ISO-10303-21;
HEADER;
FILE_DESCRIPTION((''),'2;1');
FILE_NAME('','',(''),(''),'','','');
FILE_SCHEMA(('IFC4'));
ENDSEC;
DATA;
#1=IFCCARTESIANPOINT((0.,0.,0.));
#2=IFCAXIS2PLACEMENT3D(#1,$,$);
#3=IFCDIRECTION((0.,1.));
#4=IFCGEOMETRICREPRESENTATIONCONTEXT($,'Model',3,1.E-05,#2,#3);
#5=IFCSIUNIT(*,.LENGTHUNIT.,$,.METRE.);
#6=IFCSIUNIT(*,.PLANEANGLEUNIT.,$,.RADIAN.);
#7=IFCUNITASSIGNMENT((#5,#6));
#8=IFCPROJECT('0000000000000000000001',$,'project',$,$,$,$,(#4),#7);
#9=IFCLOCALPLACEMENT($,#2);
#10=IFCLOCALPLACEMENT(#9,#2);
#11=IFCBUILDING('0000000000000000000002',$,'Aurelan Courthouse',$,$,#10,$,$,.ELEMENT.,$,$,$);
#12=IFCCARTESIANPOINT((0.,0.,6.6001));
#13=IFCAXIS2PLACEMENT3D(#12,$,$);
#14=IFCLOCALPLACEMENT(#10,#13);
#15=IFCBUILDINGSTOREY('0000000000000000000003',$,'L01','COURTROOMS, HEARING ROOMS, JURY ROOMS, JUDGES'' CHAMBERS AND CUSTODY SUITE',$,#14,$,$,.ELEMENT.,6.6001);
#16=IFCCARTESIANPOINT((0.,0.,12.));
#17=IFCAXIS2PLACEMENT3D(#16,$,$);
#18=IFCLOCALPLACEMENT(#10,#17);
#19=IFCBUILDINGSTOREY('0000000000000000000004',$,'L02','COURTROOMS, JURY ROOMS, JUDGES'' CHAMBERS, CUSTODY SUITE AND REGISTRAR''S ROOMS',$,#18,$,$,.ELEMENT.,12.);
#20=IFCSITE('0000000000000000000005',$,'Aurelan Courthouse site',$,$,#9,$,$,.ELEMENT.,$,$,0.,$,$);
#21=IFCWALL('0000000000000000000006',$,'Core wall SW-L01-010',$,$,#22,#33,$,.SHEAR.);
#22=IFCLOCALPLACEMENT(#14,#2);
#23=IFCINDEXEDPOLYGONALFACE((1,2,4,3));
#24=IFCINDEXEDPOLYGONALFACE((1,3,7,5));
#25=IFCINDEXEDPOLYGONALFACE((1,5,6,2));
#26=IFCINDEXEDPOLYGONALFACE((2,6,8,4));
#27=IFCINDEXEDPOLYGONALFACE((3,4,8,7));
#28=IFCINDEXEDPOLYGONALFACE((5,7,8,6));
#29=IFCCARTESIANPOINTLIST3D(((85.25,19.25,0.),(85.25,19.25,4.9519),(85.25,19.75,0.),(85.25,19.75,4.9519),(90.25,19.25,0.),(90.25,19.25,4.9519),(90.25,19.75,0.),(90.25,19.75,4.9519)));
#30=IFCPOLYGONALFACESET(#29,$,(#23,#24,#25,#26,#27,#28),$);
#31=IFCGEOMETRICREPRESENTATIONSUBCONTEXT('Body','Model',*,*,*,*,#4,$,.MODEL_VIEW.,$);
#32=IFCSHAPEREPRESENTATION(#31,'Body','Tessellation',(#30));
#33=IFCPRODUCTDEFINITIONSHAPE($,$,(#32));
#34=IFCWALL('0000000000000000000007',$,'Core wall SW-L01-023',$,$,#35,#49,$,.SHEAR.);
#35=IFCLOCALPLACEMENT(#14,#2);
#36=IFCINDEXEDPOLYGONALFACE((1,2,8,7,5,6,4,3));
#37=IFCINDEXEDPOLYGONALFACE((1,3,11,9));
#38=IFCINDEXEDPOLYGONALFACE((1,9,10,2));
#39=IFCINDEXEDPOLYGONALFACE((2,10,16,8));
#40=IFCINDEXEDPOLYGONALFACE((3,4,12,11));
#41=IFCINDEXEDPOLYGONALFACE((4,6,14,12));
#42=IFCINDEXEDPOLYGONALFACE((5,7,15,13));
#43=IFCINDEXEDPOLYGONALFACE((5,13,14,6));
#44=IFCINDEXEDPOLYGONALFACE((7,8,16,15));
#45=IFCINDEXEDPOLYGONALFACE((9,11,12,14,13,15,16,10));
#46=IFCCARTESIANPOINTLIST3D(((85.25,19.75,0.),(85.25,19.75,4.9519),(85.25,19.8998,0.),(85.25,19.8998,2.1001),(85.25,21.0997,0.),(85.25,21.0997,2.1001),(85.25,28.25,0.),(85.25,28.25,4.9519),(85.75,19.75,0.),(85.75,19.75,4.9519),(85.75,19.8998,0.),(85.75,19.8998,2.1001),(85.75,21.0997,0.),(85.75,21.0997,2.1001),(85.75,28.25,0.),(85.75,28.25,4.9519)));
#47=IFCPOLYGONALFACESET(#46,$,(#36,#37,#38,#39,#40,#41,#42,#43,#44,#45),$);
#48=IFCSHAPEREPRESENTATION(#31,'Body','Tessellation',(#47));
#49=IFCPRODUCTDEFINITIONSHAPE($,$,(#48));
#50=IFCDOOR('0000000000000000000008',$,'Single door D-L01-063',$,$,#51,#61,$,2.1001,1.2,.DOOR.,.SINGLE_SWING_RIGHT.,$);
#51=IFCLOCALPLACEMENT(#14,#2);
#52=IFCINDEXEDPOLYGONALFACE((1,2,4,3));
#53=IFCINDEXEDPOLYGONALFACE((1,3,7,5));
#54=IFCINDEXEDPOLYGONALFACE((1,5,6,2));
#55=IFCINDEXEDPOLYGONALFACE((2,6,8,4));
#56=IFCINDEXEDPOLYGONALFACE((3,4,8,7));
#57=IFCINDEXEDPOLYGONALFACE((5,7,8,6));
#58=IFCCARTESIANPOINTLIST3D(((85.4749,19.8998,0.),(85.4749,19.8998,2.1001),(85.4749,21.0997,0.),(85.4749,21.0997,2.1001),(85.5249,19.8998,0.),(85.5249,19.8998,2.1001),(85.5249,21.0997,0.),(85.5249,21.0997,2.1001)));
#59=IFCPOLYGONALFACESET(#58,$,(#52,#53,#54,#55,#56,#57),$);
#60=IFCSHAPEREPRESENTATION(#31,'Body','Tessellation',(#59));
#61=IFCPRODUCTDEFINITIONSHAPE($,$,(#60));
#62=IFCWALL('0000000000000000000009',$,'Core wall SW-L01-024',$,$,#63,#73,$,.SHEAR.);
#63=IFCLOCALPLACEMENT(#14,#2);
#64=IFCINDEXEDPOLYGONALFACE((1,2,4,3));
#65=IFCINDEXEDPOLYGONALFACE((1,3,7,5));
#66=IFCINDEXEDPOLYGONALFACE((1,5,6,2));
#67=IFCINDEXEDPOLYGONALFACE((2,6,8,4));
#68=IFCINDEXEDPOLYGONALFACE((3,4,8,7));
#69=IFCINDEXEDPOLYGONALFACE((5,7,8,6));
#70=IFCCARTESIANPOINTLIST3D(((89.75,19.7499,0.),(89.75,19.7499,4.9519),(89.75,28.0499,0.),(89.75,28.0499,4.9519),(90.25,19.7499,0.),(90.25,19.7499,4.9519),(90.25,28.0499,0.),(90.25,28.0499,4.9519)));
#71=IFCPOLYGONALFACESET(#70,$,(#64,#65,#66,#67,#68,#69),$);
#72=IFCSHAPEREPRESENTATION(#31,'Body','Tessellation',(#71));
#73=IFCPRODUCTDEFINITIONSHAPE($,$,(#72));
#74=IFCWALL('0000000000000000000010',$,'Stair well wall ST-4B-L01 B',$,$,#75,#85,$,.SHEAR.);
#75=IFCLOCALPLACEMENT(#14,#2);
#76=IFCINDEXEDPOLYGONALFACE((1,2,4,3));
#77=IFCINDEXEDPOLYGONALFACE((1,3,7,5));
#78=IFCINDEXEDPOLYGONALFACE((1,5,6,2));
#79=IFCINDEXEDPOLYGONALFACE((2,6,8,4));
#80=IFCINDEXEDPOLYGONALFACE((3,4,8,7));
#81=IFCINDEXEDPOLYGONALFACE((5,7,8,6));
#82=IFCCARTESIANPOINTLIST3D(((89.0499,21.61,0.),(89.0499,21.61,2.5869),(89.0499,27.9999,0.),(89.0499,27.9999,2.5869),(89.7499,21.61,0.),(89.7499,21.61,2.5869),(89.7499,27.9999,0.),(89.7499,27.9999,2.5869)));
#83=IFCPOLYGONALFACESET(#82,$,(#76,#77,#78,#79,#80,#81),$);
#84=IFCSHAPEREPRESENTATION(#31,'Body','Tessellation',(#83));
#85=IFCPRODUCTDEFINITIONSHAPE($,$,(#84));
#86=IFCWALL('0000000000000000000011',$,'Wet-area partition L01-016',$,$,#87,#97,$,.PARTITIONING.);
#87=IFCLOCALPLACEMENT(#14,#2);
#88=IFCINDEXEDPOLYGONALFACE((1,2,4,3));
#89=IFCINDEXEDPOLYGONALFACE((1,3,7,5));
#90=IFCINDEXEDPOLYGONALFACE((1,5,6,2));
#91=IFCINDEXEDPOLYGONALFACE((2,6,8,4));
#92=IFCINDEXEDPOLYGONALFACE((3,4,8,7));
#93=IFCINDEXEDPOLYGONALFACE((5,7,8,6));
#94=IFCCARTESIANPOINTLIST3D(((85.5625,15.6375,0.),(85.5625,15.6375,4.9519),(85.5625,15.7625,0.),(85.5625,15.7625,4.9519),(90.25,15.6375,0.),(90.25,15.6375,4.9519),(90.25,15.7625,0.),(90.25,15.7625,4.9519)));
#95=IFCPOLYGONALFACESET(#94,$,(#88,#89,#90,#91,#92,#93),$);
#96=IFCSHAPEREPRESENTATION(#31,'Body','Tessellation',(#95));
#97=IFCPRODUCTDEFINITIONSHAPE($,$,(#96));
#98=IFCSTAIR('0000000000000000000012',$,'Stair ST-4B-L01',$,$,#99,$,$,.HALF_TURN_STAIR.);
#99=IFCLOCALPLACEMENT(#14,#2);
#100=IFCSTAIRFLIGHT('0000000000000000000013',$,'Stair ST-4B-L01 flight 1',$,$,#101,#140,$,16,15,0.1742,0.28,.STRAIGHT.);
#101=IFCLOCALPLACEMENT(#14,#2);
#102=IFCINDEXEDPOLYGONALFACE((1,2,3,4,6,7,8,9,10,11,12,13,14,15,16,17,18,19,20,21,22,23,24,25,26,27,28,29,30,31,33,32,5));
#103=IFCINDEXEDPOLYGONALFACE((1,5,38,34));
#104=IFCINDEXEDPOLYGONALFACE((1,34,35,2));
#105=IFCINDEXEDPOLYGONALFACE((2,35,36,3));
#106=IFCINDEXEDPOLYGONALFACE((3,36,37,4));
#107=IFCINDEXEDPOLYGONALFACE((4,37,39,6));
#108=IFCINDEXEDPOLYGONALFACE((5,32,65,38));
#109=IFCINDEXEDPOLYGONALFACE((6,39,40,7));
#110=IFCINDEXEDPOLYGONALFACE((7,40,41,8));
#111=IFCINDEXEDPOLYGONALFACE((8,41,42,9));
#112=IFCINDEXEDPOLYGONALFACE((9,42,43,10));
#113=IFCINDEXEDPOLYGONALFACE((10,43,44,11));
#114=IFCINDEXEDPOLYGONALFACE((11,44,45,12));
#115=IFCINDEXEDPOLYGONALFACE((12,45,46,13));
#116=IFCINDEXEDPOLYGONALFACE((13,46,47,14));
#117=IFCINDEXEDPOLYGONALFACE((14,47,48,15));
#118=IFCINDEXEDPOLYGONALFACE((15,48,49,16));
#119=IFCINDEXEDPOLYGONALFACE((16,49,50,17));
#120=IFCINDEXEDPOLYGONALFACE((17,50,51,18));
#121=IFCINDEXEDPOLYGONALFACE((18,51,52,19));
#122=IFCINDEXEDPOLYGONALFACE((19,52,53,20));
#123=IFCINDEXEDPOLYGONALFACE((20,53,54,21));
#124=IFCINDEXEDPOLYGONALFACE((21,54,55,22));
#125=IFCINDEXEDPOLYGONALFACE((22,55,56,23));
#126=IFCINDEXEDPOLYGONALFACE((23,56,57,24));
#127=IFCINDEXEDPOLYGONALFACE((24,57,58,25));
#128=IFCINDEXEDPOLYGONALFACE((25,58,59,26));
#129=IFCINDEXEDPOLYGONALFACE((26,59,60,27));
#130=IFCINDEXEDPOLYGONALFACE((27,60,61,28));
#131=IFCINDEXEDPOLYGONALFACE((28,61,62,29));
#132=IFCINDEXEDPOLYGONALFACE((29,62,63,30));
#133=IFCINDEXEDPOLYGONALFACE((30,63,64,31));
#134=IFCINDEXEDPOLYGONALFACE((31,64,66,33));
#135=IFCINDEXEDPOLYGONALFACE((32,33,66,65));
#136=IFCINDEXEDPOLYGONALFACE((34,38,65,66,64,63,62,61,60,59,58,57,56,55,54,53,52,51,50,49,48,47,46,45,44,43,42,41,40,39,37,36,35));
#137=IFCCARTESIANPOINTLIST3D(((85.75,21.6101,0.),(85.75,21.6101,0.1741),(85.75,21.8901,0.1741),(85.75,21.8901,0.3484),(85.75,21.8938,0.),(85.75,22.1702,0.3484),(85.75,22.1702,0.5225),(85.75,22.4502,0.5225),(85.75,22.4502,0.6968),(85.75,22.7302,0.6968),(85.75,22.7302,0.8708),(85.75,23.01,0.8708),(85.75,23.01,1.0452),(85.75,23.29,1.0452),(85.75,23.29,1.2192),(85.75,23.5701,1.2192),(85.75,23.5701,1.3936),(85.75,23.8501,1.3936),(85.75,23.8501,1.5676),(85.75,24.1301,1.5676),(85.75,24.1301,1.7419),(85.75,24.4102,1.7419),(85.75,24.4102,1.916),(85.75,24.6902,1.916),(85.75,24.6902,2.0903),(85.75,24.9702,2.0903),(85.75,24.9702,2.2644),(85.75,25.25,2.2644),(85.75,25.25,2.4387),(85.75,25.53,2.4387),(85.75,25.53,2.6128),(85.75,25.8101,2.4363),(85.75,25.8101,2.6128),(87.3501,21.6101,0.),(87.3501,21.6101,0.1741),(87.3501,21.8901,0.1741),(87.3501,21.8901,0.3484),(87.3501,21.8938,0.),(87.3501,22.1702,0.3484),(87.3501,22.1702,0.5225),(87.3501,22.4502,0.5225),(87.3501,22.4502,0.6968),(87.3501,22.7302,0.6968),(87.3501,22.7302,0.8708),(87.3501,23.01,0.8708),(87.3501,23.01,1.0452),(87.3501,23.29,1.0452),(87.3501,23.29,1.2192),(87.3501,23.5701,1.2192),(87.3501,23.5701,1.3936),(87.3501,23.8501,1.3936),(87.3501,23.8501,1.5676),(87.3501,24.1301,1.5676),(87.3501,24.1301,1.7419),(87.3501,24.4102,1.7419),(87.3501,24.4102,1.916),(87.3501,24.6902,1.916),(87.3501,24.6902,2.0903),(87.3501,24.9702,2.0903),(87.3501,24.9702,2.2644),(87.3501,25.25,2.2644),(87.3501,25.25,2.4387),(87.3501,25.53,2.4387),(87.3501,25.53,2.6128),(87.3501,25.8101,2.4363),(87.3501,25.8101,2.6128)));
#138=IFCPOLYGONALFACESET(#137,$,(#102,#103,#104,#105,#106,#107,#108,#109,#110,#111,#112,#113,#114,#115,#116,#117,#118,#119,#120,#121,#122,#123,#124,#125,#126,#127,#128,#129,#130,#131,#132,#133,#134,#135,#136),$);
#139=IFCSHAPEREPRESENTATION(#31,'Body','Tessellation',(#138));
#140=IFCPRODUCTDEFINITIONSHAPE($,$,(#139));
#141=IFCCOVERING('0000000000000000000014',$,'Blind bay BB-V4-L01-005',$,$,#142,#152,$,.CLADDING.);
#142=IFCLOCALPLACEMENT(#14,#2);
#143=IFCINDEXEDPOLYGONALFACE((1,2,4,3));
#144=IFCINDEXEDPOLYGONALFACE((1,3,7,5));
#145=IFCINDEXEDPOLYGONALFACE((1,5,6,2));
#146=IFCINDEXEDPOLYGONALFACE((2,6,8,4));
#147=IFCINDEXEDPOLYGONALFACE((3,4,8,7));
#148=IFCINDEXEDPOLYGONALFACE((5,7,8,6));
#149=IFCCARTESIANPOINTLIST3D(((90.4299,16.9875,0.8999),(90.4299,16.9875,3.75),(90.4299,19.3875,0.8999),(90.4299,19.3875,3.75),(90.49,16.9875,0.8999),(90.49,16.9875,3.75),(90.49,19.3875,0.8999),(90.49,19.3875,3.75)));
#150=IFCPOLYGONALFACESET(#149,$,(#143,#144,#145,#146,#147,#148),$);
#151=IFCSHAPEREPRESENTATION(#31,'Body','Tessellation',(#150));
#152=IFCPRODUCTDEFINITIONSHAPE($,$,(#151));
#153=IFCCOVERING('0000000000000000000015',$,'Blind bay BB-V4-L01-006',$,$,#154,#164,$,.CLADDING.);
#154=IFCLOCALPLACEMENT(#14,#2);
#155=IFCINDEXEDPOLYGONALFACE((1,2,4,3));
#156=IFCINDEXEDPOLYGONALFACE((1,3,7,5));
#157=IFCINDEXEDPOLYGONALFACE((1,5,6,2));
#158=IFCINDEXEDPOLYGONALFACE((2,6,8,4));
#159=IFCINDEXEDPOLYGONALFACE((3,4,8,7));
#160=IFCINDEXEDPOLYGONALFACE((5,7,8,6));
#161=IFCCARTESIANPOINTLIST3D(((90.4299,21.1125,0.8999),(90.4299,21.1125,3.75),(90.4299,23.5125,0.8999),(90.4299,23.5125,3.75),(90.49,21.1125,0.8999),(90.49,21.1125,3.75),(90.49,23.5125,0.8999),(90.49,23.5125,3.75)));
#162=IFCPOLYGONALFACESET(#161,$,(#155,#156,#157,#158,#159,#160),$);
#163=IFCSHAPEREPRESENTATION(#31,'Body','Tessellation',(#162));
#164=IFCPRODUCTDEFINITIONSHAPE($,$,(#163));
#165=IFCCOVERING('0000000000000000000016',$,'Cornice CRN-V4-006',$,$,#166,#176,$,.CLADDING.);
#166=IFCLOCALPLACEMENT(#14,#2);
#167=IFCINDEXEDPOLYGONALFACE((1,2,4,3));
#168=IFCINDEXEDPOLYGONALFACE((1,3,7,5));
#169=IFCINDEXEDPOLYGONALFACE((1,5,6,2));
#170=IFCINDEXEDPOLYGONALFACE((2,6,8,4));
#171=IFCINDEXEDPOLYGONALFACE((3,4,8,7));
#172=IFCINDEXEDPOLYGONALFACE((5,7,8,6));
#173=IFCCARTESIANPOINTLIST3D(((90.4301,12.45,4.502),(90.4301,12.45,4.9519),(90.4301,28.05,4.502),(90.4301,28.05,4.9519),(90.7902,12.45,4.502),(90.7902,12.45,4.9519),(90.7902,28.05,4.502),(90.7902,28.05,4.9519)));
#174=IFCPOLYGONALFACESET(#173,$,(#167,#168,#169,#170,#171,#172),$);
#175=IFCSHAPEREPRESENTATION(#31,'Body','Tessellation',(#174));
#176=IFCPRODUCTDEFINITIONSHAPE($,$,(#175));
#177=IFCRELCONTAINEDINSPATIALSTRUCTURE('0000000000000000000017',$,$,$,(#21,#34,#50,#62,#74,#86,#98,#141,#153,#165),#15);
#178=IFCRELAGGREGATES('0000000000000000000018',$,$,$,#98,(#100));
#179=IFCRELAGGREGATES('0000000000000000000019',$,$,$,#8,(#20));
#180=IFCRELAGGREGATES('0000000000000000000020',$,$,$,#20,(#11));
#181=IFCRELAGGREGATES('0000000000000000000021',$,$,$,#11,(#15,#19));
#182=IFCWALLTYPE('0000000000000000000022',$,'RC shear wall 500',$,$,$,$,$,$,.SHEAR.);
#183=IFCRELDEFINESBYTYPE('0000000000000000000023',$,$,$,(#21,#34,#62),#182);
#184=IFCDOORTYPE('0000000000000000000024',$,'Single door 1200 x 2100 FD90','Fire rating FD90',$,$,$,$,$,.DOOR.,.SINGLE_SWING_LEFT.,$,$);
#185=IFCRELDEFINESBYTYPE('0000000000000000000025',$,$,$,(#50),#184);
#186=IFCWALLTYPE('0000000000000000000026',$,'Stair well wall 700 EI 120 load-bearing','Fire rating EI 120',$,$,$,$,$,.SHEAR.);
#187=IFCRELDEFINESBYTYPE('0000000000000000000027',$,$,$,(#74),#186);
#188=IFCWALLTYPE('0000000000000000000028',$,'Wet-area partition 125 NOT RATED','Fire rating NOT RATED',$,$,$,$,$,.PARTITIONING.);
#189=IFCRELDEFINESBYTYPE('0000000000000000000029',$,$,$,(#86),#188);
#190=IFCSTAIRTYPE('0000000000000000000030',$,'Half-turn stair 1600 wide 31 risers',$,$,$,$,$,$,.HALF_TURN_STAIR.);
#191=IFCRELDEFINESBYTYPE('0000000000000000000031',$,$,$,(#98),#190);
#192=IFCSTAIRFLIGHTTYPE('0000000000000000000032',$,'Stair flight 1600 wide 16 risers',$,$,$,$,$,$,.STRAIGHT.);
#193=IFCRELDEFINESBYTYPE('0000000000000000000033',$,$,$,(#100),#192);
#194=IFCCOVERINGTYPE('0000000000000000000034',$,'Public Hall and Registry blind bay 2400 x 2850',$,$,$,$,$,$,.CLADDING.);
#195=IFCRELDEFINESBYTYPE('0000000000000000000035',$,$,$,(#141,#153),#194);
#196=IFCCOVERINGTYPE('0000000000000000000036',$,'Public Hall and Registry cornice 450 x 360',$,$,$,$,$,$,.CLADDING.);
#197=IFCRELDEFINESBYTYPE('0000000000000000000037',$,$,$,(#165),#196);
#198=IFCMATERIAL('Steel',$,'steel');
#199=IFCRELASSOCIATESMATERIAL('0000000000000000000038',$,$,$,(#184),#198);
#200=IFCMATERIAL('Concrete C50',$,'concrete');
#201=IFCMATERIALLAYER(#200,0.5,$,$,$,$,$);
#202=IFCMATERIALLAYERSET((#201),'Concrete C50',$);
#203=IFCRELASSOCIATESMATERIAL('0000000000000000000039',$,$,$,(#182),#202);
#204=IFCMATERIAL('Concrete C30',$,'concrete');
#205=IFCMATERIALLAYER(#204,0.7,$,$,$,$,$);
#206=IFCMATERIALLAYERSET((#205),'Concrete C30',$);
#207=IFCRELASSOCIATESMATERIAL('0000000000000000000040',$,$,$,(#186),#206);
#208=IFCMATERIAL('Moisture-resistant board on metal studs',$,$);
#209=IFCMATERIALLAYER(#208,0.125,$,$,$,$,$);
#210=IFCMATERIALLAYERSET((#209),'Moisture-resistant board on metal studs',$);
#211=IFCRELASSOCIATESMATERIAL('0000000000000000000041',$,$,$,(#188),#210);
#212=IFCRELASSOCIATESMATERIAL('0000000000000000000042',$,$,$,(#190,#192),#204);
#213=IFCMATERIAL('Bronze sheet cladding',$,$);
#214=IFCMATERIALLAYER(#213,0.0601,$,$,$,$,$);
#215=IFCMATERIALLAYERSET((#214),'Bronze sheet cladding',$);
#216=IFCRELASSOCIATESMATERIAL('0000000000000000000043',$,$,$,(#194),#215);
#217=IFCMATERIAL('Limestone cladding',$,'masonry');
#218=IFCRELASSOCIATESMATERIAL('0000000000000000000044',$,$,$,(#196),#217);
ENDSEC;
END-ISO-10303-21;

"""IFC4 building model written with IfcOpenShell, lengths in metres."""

from ifc_helpers import new_model, si_unit, direction, frame, frame_2d, origin, origin_2d, place, context, subcontext, project, spatial, polyline, rectangle, outline, extrude, material, layer, layer_set, type_object, element, fill, aggregate, save


model = new_model("IFC4")

# Units and contexts
model_context = context("Model", 3, precision=1e-05, world=origin(), true_north=direction((0.0, 1.0)))
body_context = subcontext(model_context, "Body", "Model", "MODEL_VIEW")
ifc_project = project(units=[si_unit("LENGTHUNIT", "METRE"), si_unit("PLANEANGLEUNIT", "RADIAN")], contexts=[model_context])

# Site, building, storey
site_placement = place(None, origin())
site = spatial("IfcSite", under=ifc_project, at=site_placement, Name="Aurelan Courthouse site", CompositionType="ELEMENT", RefElevation=0.0)
building_placement = place(site_placement, origin())
building = spatial("IfcBuilding", under=site, at=building_placement, Name="Aurelan Courthouse", CompositionType="ELEMENT")
storey_1_placement = place(building_placement, frame((0.0, 0.0, 6.6001)))
storey_1 = spatial("IfcBuildingStorey", under=building, at=storey_1_placement, Name="L01", Description="COURTROOMS, HEARING ROOMS, JURY ROOMS, JUDGES' CHAMBERS AND CUSTODY SUITE", CompositionType="ELEMENT", Elevation=6.6001)

# Shared definitions
ifc_material_1 = material(Name="Concrete C50", Category="concrete")

# Shared definitions
storey_2_placement = place(building_placement, frame((0.0, 0.0, 12.0)))
storey_2 = spatial("IfcBuildingStorey", under=building, at=storey_2_placement, Name="L02", Description="COURTROOMS, JURY ROOMS, JUDGES' CHAMBERS, CUSTODY SUITE AND REGISTRAR'S ROOMS", CompositionType="ELEMENT", Elevation=12.0)

# Shared definitions
ifc_material_2 = material(Name="Steel", Category="steel")
door_type_1 = type_object("IfcDoorType", Name="Single door 1200 x 2100 FD90", Description="Fire rating FD90", OperationType="SINGLE_SWING_LEFT", PredefinedType="DOOR", material=ifc_material_2)

# Shared definitions
ifc_material_3 = material(Name="Limestone cladding", Category="masonry")
ifc_material_4 = material(Name="Concrete C30", Category="concrete")

# Wall
ifc_layer_1 = layer(ifc_material_1, 0.5)
ifc_layer_set_1 = layer_set([ifc_layer_1], Name="Concrete C50")
wall_type_1 = type_object("IfcWallType", Name="RC shear wall 500", PredefinedType="SHEAR", material=ifc_layer_set_1)
wall_1_placement = place(storey_1_placement, frame((85.25, 19.5, 0.0), z_axis=(0.0, 0.0, 1.0), x_axis=(1.0, 0.0, 0.0)))
element("IfcWall", 1, at=wall_1_placement, inside=storey_1, type_object=wall_type_1, Name="Core wall SW-L01-010", PredefinedType="SHEAR", context=body_context, shape_type="SweptSolid", body=[
    extrude(rectangle(XDim=5.0, YDim=0.5, at=frame_2d((2.5, 0.0))), origin(), (0.0, 0.0, 1.0), 4.9519),
])

# Wall, opening, door
wall_2_placement = place(storey_1_placement, frame((85.5, 19.75, 0.0), z_axis=(0.0, 0.0, 1.0), x_axis=(0.0, 1.0, 0.0)))
wall_2 = element("IfcWall", 2, at=wall_2_placement, inside=storey_1, type_object=wall_type_1, Name="Core wall SW-L01-023", PredefinedType="SHEAR", context=body_context, shape_type="SweptSolid", body=[
    extrude(rectangle(XDim=8.5, YDim=0.5, at=frame_2d((4.25, 0.0))), origin(), (0.0, 0.0, 1.0), 4.9519),
])
opening_1_placement = place(wall_2_placement, frame((1.3499, 0.0, 0.0), z_axis=(0.0, 0.0, 1.0), x_axis=(-1.0, 0.0, 0.0)))
opening_1 = element("IfcOpeningElement", 3, at=opening_1_placement, cuts=wall_2, PredefinedType="OPENING", context=body_context, shape_type="SweptSolid", body=[
    extrude(rectangle(XDim=1.2, YDim=2.1001, at=frame_2d((0.6001, 1.05))), frame((0.0, 0.26, 0.0), z_axis=(0.0, -1.0, 0.0), x_axis=(1.0, 0.0, 0.0)), (0.0, 0.0, 1.0), 0.52),
])
door_1_placement = place(opening_1_placement, origin())
door_1 = element("IfcDoor", 4, at=door_1_placement, inside=storey_1, type_object=door_type_1, Name="Single door D-L01-063", OperationType="SINGLE_SWING_RIGHT", OverallHeight=2.1001, OverallWidth=1.2, PredefinedType="DOOR", context=body_context, shape_type="SweptSolid", body=[
    extrude(rectangle(XDim=1.2, YDim=2.1001, at=frame_2d((0.6001, 1.05))), frame((0.0, 0.0249, 0.0), z_axis=(0.0, -1.0, 0.0), x_axis=(1.0, 0.0, 0.0)), (0.0, 0.0, 1.0), 0.05),
])
fill(opening_1, door_1)

# Walls
wall_3_placement = place(storey_1_placement, frame((90.0, 19.75, 0.0), z_axis=(0.0, 0.0, 1.0), x_axis=(0.0, 1.0, 0.0)))
element("IfcWall", 5, at=wall_3_placement, inside=storey_1, type_object=wall_type_1, Name="Core wall SW-L01-024", PredefinedType="SHEAR", context=body_context, shape_type="SweptSolid", body=[
    extrude(rectangle(XDim=8.3, YDim=0.5, at=frame_2d((4.1499, 0.0))), origin(), (0.0, 0.0, 1.0), 4.9519),
])
ifc_layer_2 = layer(ifc_material_4, 0.7)
ifc_layer_set_2 = layer_set([ifc_layer_2], Name="Concrete C30")
wall_type_2 = type_object("IfcWallType", Name="Stair well wall 700 EI 120 load-bearing", Description="Fire rating EI 120", PredefinedType="SHEAR", material=ifc_layer_set_2)
wall_4_placement = place(storey_1_placement, frame((89.3999, 21.6101, 0.0), z_axis=(0.0, 0.0, 1.0), x_axis=(0.0, 1.0, 0.0)))
element("IfcWall", 6, at=wall_4_placement, inside=storey_1, type_object=wall_type_2, Name="Stair well wall ST-4B-L01 B", PredefinedType="SHEAR", context=body_context, shape_type="SweptSolid", body=[
    extrude(rectangle(XDim=6.3899, YDim=0.7, at=frame_2d((3.1948, 0.0))), origin(), (0.0, 0.0, 1.0), 2.5869),
])
ifc_material_5 = material(Name="Moisture-resistant board on metal studs")
ifc_layer_3 = layer(ifc_material_5, 0.125)
ifc_layer_set_3 = layer_set([ifc_layer_3], Name="Moisture-resistant board on metal studs")
wall_type_3 = type_object("IfcWallType", Name="Wet-area partition 125 NOT RATED", Description="Fire rating NOT RATED", PredefinedType="PARTITIONING", material=ifc_layer_set_3)
wall_5_placement = place(storey_1_placement, frame((85.5625, 15.7, 0.0), z_axis=(0.0, 0.0, 1.0), x_axis=(1.0, 0.0, 0.0)))
element("IfcWall", 7, at=wall_5_placement, inside=storey_1, type_object=wall_type_3, Name="Wet-area partition L01-016", PredefinedType="PARTITIONING", context=body_context, shape_type="SweptSolid", body=[
    extrude(rectangle(XDim=4.6875, YDim=0.125, at=frame_2d((2.3438, 0.0))), origin(), (0.0, 0.0, 1.0), 4.9519),
])

# Stair, stair flight
stair_type = type_object("IfcStairType", Name="Half-turn stair 1600 wide 31 risers", PredefinedType="HALF_TURN_STAIR", material=ifc_material_4)
stair_placement = place(storey_1_placement, origin())
stair = element("IfcStair", 8, at=stair_placement, inside=storey_1, type_object=stair_type, Name="Stair ST-4B-L01", PredefinedType="HALF_TURN_STAIR")
stair_flight_type = type_object("IfcStairFlightType", Name="Stair flight 1600 wide 16 risers", PredefinedType="STRAIGHT", material=ifc_material_4)
stair_flight_placement = place(storey_1_placement, frame((86.55, 21.6101, 0.0), z_axis=(0.0, 0.0, 1.0), x_axis=(0.0, 1.0, 0.0)))
stair_flight = element("IfcStairFlight", 9, at=stair_flight_placement, type_object=stair_flight_type, Name="Stair ST-4B-L01 flight 1", NumberOfRisers=16, NumberOfTreads=15, PredefinedType="STRAIGHT", RiserHeight=0.1742, TreadLength=0.28, context=body_context, shape_type="SweptSolid", body=[
    extrude(outline(polyline([(0.0, 0.0), (0.0, 0.1741), (0.28, 0.1741), (0.28, 0.3484), (0.5601, 0.3484), (0.5601, 0.5225), (0.8401, 0.5225), (0.8401, 0.6968), (1.1201, 0.6968), (1.1201, 0.8708), (1.3999, 0.8708), (1.3999, 1.0452), (1.6799, 1.0452), (1.6799, 1.2192), (1.96, 1.2192), (1.96, 1.3936), (2.24, 1.3936), (2.24, 1.5676), (2.52, 1.5676), (2.52, 1.7419), (2.8, 1.7419), (2.8, 1.916), (3.0801, 1.916), (3.0801, 2.0903), (3.3601, 2.0903), (3.3601, 2.2644), (3.6399, 2.2644), (3.6399, 2.4387), (3.9199, 2.4387), (3.9199, 2.6128), (4.2, 2.6128), (4.2, 2.7871), (4.2, 2.4363), (0.2837, 0.0), (0.0, 0.0)])), frame((0.0, 0.8, 0.0), z_axis=(0.0, -1.0, 0.0), x_axis=(1.0, 0.0, 0.0)), (0.0, 0.0, 1.0), 1.6001),
])
aggregate(stair, [stair_flight])

# Coverings
ifc_material_6 = material(Name="Bronze sheet cladding")
ifc_layer_4 = layer(ifc_material_6, 0.0601)
ifc_layer_set_4 = layer_set([ifc_layer_4], Name="Bronze sheet cladding")
covering_type_1 = type_object("IfcCoveringType", Name="Public Hall and Registry blind bay 2400 x 2850", PredefinedType="CLADDING", material=ifc_layer_set_4)
for number, where, z_axis, x_axis, name in (
    (10, (90.46, 18.1875, 0.8999), (0.0, 0.0, 1.0), (1.0, 0.0, 0.0), "Blind bay BB-V4-L01-005"),
    (11, (90.46, 22.3125, 0.8999), (0.0, 0.0, 1.0), (1.0, 0.0, 0.0), "Blind bay BB-V4-L01-006"),
):
    element("IfcCovering", number, at=place(storey_1_placement, frame(where, z_axis=z_axis, x_axis=x_axis)), inside=storey_1, type_object=covering_type_1, Name=name, PredefinedType="CLADDING", context=body_context, shape_type="SweptSolid", body=[
        extrude(rectangle(XDim=0.0601, YDim=2.3999, at=origin_2d()), origin(), (0.0, 0.0, 1.0), 2.8501),
    ])
covering_type_2 = type_object("IfcCoveringType", Name="Public Hall and Registry cornice 450 x 360", PredefinedType="CLADDING", material=ifc_material_3)
covering_1_placement = place(storey_1_placement, frame((90.6101, 20.25, 4.502), z_axis=(0.0, 0.0, 1.0), x_axis=(1.0, 0.0, 0.0)))
element("IfcCovering", 12, at=covering_1_placement, inside=storey_1, type_object=covering_type_2, Name="Cornice CRN-V4-006", PredefinedType="CLADDING", context=body_context, shape_type="SweptSolid", body=[
    extrude(rectangle(XDim=0.3601, YDim=15.6001, at=origin_2d()), origin(), (0.0, 0.0, 1.0), 0.45),
])

save(model, "model.ifc")
